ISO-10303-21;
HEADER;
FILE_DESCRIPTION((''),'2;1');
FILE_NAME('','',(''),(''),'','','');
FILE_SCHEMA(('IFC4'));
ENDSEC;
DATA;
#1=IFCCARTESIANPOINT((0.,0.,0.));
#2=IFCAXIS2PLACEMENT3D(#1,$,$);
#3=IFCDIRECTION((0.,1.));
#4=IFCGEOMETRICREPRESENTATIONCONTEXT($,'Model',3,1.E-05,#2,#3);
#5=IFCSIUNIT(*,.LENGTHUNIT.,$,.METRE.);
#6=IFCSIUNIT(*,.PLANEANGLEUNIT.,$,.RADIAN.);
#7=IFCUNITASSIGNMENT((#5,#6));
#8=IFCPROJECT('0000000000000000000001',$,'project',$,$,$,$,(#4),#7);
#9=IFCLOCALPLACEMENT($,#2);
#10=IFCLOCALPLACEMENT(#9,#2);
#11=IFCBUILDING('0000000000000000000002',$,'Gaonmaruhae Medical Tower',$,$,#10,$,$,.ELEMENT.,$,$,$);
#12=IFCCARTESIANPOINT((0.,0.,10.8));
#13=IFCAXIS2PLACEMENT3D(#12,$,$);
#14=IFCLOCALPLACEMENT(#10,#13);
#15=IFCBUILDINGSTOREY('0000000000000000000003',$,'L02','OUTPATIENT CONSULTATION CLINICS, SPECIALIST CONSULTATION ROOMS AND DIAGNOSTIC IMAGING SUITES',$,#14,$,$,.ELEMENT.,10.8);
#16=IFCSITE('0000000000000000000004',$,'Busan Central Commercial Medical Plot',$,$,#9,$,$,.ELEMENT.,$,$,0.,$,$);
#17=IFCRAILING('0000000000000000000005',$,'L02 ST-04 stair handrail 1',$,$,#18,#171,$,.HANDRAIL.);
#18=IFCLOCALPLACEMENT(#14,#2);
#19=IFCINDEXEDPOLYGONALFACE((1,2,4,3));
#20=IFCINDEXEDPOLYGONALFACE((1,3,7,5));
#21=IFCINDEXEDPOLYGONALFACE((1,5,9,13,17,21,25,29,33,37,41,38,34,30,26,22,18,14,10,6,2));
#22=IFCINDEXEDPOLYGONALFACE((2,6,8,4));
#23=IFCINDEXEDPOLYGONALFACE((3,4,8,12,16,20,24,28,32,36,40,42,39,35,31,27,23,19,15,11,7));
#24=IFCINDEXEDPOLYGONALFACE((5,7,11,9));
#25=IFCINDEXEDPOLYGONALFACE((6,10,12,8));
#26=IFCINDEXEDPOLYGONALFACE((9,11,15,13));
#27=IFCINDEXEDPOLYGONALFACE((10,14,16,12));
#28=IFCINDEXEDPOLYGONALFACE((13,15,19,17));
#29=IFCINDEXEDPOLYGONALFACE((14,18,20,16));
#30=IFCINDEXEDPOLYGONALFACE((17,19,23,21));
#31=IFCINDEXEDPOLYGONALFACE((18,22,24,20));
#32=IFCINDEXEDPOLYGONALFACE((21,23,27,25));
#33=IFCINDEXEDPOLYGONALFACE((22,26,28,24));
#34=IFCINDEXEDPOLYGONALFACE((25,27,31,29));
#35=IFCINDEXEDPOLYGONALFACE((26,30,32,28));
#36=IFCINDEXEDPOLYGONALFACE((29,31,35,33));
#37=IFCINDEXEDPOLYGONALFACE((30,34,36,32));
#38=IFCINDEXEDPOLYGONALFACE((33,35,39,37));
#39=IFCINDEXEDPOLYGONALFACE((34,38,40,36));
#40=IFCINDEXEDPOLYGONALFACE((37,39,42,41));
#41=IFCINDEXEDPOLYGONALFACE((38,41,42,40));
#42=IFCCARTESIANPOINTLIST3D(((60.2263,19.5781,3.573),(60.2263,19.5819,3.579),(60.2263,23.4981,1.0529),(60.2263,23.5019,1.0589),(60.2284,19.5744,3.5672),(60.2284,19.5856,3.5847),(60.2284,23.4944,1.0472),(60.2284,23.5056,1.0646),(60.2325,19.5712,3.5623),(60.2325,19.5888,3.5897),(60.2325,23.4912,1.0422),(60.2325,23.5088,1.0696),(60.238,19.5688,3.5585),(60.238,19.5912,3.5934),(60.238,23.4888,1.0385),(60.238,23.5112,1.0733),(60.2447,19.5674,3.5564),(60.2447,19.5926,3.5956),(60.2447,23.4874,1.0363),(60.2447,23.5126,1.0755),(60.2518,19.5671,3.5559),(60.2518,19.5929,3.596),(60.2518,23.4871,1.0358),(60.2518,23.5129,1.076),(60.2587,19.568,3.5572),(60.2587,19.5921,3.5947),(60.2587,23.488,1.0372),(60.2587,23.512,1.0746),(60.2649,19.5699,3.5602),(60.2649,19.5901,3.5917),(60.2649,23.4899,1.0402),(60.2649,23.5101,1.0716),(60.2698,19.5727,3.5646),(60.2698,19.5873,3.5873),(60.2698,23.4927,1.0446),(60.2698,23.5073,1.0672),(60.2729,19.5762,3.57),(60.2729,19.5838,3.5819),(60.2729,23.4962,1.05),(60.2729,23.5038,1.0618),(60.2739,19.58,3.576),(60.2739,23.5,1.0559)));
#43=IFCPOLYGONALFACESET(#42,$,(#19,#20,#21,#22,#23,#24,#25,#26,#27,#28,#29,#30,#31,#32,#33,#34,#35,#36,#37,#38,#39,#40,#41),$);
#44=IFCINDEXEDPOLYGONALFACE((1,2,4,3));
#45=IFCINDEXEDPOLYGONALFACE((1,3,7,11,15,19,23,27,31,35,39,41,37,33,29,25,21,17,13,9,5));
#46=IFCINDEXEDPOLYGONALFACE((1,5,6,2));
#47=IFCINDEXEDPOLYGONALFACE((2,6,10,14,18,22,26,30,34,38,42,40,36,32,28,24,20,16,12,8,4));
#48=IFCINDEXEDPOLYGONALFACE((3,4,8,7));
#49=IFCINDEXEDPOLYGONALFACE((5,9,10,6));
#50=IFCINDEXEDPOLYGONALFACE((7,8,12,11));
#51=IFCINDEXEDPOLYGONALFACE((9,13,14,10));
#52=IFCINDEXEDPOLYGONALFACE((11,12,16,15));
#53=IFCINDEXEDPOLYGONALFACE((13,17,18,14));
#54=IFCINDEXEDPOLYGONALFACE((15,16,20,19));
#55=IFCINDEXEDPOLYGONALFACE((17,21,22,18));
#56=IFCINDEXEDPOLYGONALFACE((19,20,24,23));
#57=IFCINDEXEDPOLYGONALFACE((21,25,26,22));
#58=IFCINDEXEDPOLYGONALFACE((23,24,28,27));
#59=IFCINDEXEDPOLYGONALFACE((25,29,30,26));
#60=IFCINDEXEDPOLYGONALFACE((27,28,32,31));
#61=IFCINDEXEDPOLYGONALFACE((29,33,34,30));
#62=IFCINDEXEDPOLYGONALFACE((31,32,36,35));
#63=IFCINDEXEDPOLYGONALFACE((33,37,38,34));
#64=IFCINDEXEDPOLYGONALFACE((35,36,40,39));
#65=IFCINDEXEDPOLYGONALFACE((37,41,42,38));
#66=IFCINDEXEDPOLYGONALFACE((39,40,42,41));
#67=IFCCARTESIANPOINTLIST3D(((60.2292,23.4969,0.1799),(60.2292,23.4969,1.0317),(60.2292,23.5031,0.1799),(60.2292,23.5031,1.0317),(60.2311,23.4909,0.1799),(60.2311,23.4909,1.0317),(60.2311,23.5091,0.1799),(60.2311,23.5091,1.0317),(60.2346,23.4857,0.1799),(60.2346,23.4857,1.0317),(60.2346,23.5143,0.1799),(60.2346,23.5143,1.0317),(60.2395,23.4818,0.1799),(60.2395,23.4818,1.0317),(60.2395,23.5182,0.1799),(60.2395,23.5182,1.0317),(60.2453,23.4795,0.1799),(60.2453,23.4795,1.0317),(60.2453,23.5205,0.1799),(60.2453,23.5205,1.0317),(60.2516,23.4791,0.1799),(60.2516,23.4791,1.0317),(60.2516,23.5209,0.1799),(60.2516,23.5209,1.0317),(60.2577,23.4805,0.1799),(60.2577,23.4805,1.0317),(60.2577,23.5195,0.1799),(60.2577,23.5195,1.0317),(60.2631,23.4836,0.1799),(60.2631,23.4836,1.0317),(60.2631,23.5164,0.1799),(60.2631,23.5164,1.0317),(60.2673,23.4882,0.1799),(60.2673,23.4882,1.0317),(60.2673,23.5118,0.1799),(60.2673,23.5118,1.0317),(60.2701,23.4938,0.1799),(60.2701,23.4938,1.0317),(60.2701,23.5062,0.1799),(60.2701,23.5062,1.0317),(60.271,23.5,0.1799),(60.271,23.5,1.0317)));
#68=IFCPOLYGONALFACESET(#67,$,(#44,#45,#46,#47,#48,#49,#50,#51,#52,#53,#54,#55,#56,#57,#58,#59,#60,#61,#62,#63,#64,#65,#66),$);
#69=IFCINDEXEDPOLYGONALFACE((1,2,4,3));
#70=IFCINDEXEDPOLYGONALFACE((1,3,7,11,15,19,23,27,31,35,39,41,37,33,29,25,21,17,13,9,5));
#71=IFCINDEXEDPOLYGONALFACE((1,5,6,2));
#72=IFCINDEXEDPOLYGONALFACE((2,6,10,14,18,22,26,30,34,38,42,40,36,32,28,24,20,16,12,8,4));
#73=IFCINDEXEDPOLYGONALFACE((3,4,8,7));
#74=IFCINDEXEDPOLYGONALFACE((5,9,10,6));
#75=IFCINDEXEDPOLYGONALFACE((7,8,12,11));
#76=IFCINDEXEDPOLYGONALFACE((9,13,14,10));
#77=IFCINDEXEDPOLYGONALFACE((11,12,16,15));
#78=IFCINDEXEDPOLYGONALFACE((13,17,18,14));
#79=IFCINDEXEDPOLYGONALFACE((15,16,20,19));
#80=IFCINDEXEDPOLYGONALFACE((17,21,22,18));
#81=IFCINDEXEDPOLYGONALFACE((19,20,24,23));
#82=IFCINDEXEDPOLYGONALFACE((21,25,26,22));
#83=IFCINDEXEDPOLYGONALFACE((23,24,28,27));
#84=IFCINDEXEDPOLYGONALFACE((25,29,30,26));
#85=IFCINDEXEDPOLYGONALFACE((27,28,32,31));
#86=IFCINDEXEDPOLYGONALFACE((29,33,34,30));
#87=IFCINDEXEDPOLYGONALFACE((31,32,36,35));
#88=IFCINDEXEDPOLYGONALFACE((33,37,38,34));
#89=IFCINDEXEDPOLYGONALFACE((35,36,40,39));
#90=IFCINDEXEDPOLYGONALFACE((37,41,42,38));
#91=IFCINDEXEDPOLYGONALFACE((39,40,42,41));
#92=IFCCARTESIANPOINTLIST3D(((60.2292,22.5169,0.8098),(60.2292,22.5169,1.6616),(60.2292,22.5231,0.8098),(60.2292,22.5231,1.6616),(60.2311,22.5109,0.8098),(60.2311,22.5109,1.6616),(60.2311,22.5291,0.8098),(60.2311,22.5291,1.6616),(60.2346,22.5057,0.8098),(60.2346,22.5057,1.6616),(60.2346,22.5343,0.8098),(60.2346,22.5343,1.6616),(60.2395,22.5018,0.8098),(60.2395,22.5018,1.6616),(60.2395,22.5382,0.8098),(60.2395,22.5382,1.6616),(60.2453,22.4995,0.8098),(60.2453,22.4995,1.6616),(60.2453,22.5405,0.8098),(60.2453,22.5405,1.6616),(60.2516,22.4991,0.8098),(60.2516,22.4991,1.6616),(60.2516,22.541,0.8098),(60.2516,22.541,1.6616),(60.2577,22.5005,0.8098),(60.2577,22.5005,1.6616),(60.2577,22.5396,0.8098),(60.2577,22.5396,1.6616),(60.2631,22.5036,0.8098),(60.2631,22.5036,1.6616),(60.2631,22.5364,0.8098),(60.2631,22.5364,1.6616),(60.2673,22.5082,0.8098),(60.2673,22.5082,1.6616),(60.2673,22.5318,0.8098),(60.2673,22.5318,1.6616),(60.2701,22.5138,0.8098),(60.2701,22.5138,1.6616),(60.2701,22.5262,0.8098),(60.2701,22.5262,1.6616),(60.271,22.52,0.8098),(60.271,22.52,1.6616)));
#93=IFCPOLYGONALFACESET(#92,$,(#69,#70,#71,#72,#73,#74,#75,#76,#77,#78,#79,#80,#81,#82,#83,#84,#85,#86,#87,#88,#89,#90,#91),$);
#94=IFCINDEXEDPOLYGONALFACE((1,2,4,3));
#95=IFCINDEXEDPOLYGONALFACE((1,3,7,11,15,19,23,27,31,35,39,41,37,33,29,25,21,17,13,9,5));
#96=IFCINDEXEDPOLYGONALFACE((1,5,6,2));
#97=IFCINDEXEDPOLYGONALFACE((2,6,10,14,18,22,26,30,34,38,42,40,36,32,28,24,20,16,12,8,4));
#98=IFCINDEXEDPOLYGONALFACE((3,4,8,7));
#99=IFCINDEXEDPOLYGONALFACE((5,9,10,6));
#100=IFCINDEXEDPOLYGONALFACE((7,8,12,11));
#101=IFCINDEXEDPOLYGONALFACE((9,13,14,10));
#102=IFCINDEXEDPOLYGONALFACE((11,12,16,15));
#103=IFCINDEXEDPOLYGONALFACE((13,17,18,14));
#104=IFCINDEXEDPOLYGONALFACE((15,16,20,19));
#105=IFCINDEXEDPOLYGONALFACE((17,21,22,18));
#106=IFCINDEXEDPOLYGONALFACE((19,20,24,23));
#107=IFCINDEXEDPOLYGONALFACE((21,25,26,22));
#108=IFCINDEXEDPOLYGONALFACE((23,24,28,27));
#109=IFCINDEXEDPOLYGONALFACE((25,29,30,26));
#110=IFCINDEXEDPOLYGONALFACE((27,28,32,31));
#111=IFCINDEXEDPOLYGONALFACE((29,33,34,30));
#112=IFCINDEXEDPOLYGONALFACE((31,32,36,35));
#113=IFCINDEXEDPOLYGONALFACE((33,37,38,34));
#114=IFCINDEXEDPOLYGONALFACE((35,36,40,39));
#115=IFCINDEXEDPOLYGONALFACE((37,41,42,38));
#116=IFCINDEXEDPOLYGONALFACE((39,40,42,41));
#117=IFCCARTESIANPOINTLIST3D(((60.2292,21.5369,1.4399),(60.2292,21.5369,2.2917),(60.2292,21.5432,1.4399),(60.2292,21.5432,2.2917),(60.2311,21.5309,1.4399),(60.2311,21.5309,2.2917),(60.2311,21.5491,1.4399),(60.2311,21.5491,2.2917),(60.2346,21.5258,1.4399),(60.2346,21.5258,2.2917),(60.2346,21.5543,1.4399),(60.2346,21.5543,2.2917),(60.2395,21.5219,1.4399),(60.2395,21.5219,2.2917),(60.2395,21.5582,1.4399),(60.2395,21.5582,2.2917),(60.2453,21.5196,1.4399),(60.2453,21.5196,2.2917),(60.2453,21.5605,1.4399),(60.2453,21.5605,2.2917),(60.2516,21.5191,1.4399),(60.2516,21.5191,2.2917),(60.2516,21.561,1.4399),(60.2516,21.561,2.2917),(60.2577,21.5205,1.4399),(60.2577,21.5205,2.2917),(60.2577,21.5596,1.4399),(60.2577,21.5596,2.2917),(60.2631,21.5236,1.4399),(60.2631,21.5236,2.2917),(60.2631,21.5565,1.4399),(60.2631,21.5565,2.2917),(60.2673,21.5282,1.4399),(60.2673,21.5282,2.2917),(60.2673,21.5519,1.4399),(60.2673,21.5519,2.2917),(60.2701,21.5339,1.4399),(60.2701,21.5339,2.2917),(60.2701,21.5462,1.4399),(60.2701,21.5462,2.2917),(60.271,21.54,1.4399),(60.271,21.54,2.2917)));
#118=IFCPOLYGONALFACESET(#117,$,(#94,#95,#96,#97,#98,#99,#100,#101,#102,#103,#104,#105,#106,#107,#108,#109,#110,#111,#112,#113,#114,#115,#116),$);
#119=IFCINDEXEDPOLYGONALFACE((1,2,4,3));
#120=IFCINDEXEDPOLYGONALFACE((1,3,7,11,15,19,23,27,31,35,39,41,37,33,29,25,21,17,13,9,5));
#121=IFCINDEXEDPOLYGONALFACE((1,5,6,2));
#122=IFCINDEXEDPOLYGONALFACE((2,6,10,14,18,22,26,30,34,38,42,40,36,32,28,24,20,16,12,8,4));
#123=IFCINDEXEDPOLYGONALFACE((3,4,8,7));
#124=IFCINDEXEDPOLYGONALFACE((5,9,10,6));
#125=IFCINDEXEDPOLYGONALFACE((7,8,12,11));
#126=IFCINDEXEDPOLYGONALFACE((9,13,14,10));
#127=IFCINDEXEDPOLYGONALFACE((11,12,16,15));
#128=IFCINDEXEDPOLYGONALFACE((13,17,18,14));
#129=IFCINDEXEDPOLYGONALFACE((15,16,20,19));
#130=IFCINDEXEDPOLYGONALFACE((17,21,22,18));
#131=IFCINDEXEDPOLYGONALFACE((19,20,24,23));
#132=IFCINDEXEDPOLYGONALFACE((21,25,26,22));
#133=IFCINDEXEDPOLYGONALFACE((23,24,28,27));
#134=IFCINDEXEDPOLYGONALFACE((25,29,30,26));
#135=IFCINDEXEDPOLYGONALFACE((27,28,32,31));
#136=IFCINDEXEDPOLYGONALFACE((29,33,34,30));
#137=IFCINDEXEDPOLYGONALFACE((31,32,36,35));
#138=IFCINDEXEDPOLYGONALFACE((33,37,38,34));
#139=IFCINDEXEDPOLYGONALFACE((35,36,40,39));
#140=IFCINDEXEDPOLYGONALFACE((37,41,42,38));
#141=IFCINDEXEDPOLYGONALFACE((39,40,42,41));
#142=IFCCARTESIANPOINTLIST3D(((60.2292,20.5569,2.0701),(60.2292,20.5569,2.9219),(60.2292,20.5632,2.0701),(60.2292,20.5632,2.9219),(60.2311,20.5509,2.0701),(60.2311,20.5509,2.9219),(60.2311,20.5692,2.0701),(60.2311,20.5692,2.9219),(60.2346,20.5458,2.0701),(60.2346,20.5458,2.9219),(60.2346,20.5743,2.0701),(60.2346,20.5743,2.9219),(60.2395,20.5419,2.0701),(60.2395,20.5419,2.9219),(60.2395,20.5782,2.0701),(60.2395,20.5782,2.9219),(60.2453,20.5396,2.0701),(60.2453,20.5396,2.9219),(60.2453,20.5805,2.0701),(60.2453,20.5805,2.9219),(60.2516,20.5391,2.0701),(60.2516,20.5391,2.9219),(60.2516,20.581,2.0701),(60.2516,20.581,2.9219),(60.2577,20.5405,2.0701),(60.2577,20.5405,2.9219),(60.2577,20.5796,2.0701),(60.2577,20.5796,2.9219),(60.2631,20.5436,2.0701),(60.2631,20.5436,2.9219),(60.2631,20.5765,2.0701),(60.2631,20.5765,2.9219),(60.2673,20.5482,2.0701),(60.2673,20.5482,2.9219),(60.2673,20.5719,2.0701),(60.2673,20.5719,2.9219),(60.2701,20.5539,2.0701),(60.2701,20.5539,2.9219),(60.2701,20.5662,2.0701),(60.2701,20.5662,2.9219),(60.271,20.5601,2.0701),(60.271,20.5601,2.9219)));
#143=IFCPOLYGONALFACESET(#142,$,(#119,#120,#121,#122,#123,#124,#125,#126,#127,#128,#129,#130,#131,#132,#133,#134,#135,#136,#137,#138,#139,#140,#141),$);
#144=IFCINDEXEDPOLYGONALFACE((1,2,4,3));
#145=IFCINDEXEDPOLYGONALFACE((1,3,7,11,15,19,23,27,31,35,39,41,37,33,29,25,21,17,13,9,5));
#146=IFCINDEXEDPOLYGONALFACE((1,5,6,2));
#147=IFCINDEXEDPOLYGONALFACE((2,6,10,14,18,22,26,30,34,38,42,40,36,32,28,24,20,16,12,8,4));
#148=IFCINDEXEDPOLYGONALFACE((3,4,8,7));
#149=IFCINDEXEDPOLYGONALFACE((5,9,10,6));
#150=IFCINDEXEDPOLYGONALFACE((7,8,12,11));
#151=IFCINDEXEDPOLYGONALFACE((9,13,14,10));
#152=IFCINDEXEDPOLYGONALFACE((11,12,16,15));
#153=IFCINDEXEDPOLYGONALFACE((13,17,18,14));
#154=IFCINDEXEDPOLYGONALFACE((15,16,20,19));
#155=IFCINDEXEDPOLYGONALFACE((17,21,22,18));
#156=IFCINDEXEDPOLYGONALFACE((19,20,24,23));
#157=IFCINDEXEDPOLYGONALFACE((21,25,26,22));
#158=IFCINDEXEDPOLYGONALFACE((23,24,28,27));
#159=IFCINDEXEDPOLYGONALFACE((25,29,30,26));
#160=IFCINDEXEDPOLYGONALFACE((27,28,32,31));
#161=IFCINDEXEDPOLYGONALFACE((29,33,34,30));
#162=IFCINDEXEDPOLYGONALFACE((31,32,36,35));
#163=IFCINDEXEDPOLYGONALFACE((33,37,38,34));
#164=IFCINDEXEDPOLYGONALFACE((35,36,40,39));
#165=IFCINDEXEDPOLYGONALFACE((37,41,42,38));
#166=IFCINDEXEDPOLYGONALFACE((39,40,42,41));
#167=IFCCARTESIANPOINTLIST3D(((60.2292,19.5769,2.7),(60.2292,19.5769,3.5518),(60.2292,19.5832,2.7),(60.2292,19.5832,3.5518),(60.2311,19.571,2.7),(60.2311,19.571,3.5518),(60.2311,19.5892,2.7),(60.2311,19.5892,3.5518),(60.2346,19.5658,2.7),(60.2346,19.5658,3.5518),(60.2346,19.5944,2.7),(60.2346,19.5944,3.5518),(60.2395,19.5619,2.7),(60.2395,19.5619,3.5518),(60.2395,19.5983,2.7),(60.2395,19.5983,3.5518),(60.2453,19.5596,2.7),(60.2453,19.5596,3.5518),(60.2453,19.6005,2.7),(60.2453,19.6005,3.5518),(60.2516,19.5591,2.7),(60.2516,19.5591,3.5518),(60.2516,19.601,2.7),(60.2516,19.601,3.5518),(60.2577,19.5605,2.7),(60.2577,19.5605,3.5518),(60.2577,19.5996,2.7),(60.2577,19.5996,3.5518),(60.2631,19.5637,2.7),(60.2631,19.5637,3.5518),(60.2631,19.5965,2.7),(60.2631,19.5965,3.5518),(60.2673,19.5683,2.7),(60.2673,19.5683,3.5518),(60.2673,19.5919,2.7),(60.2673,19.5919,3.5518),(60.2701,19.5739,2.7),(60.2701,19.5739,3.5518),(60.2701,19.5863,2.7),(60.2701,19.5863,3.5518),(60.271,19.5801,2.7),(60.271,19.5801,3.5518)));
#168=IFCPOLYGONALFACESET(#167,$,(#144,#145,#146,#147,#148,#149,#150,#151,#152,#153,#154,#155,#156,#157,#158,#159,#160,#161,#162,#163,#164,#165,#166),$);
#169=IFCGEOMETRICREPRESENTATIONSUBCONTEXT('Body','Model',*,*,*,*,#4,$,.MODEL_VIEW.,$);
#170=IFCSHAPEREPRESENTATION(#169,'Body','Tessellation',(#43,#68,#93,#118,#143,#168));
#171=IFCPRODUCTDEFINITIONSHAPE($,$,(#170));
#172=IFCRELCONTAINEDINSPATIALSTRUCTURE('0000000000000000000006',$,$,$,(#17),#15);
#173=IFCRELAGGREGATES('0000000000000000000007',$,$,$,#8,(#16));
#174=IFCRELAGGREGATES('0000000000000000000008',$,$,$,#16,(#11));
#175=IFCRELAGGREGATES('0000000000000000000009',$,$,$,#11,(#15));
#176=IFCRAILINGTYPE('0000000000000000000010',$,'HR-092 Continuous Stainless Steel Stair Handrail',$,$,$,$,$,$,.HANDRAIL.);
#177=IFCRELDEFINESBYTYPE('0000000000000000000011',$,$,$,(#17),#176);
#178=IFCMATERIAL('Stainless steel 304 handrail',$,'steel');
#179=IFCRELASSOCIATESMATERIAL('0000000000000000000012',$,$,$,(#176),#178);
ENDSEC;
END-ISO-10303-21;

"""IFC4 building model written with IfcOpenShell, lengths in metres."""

from ifc_helpers import new_model, si_unit, direction, frame, origin, origin_2d, place, context, subcontext, project, spatial, circle, extrude, material, type_object, element, save


model = new_model("IFC4")

# Units and contexts
model_context = context("Model", 3, precision=1e-05, world=origin(), true_north=direction((0.0, 1.0)))
body_context = subcontext(model_context, "Body", "Model", "MODEL_VIEW")
ifc_project = project(units=[si_unit("LENGTHUNIT", "METRE"), si_unit("PLANEANGLEUNIT", "RADIAN")], contexts=[model_context])

# Site, building, storey
site_placement = place(None, origin())
site = spatial("IfcSite", under=ifc_project, at=site_placement, Name="Busan Central Commercial Medical Plot", CompositionType="ELEMENT", RefElevation=0.0)
building_placement = place(site_placement, origin())
building = spatial("IfcBuilding", under=site, at=building_placement, Name="Gaonmaruhae Medical Tower", CompositionType="ELEMENT")
storey_placement = place(building_placement, frame((0.0, 0.0, 10.8)))
storey = spatial("IfcBuildingStorey", under=building, at=storey_placement, Name="L02", Description="OUTPATIENT CONSULTATION CLINICS, SPECIALIST CONSULTATION ROOMS AND DIAGNOSTIC IMAGING SUITES", CompositionType="ELEMENT", Elevation=10.8)

# Railing
ifc_material_1 = material(Name="Stainless steel 304 handrail", Category="steel")
railing_type_1 = type_object("IfcRailingType", Name="HR-092 Continuous Stainless Steel Stair Handrail", PredefinedType="HANDRAIL", material=ifc_material_1)
railing_1_placement = place(storey_placement, frame((60.25, 23.5, 0.1799)))
element("IfcRailing", 1, at=railing_1_placement, inside=storey, type_object=railing_type_1, Name="L02 ST-04 stair handrail 1", PredefinedType="HANDRAIL", context=body_context, shape_type="SweptSolid", body=[
    extrude(circle(Radius=0.0239, at=origin_2d()), frame((0.0, 0.0, 0.876), z_axis=(0.0, -0.841172, 0.540768), x_axis=(1.0, 0.0, 0.0)), (0.0, 0.0, 1.0), 4.6602),
    extrude(circle(Radius=0.021, at=origin_2d()), origin(), (0.0, 0.0, 1.0), 0.8518),
    extrude(circle(Radius=0.021, at=origin_2d()), frame((0.0, -0.98, 0.6299)), (0.0, 0.0, 1.0), 0.8518),
    extrude(circle(Radius=0.021, at=origin_2d()), frame((0.0, -1.96, 1.26)), (0.0, 0.0, 1.0), 0.8518),
    extrude(circle(Radius=0.021, at=origin_2d()), frame((0.0, -2.9399, 1.8901)), (0.0, 0.0, 1.0), 0.8518),
    extrude(circle(Radius=0.021, at=origin_2d()), frame((0.0, -3.9199, 2.52)), (0.0, 0.0, 1.0), 0.8518),
])

save(model, "model.ifc")
